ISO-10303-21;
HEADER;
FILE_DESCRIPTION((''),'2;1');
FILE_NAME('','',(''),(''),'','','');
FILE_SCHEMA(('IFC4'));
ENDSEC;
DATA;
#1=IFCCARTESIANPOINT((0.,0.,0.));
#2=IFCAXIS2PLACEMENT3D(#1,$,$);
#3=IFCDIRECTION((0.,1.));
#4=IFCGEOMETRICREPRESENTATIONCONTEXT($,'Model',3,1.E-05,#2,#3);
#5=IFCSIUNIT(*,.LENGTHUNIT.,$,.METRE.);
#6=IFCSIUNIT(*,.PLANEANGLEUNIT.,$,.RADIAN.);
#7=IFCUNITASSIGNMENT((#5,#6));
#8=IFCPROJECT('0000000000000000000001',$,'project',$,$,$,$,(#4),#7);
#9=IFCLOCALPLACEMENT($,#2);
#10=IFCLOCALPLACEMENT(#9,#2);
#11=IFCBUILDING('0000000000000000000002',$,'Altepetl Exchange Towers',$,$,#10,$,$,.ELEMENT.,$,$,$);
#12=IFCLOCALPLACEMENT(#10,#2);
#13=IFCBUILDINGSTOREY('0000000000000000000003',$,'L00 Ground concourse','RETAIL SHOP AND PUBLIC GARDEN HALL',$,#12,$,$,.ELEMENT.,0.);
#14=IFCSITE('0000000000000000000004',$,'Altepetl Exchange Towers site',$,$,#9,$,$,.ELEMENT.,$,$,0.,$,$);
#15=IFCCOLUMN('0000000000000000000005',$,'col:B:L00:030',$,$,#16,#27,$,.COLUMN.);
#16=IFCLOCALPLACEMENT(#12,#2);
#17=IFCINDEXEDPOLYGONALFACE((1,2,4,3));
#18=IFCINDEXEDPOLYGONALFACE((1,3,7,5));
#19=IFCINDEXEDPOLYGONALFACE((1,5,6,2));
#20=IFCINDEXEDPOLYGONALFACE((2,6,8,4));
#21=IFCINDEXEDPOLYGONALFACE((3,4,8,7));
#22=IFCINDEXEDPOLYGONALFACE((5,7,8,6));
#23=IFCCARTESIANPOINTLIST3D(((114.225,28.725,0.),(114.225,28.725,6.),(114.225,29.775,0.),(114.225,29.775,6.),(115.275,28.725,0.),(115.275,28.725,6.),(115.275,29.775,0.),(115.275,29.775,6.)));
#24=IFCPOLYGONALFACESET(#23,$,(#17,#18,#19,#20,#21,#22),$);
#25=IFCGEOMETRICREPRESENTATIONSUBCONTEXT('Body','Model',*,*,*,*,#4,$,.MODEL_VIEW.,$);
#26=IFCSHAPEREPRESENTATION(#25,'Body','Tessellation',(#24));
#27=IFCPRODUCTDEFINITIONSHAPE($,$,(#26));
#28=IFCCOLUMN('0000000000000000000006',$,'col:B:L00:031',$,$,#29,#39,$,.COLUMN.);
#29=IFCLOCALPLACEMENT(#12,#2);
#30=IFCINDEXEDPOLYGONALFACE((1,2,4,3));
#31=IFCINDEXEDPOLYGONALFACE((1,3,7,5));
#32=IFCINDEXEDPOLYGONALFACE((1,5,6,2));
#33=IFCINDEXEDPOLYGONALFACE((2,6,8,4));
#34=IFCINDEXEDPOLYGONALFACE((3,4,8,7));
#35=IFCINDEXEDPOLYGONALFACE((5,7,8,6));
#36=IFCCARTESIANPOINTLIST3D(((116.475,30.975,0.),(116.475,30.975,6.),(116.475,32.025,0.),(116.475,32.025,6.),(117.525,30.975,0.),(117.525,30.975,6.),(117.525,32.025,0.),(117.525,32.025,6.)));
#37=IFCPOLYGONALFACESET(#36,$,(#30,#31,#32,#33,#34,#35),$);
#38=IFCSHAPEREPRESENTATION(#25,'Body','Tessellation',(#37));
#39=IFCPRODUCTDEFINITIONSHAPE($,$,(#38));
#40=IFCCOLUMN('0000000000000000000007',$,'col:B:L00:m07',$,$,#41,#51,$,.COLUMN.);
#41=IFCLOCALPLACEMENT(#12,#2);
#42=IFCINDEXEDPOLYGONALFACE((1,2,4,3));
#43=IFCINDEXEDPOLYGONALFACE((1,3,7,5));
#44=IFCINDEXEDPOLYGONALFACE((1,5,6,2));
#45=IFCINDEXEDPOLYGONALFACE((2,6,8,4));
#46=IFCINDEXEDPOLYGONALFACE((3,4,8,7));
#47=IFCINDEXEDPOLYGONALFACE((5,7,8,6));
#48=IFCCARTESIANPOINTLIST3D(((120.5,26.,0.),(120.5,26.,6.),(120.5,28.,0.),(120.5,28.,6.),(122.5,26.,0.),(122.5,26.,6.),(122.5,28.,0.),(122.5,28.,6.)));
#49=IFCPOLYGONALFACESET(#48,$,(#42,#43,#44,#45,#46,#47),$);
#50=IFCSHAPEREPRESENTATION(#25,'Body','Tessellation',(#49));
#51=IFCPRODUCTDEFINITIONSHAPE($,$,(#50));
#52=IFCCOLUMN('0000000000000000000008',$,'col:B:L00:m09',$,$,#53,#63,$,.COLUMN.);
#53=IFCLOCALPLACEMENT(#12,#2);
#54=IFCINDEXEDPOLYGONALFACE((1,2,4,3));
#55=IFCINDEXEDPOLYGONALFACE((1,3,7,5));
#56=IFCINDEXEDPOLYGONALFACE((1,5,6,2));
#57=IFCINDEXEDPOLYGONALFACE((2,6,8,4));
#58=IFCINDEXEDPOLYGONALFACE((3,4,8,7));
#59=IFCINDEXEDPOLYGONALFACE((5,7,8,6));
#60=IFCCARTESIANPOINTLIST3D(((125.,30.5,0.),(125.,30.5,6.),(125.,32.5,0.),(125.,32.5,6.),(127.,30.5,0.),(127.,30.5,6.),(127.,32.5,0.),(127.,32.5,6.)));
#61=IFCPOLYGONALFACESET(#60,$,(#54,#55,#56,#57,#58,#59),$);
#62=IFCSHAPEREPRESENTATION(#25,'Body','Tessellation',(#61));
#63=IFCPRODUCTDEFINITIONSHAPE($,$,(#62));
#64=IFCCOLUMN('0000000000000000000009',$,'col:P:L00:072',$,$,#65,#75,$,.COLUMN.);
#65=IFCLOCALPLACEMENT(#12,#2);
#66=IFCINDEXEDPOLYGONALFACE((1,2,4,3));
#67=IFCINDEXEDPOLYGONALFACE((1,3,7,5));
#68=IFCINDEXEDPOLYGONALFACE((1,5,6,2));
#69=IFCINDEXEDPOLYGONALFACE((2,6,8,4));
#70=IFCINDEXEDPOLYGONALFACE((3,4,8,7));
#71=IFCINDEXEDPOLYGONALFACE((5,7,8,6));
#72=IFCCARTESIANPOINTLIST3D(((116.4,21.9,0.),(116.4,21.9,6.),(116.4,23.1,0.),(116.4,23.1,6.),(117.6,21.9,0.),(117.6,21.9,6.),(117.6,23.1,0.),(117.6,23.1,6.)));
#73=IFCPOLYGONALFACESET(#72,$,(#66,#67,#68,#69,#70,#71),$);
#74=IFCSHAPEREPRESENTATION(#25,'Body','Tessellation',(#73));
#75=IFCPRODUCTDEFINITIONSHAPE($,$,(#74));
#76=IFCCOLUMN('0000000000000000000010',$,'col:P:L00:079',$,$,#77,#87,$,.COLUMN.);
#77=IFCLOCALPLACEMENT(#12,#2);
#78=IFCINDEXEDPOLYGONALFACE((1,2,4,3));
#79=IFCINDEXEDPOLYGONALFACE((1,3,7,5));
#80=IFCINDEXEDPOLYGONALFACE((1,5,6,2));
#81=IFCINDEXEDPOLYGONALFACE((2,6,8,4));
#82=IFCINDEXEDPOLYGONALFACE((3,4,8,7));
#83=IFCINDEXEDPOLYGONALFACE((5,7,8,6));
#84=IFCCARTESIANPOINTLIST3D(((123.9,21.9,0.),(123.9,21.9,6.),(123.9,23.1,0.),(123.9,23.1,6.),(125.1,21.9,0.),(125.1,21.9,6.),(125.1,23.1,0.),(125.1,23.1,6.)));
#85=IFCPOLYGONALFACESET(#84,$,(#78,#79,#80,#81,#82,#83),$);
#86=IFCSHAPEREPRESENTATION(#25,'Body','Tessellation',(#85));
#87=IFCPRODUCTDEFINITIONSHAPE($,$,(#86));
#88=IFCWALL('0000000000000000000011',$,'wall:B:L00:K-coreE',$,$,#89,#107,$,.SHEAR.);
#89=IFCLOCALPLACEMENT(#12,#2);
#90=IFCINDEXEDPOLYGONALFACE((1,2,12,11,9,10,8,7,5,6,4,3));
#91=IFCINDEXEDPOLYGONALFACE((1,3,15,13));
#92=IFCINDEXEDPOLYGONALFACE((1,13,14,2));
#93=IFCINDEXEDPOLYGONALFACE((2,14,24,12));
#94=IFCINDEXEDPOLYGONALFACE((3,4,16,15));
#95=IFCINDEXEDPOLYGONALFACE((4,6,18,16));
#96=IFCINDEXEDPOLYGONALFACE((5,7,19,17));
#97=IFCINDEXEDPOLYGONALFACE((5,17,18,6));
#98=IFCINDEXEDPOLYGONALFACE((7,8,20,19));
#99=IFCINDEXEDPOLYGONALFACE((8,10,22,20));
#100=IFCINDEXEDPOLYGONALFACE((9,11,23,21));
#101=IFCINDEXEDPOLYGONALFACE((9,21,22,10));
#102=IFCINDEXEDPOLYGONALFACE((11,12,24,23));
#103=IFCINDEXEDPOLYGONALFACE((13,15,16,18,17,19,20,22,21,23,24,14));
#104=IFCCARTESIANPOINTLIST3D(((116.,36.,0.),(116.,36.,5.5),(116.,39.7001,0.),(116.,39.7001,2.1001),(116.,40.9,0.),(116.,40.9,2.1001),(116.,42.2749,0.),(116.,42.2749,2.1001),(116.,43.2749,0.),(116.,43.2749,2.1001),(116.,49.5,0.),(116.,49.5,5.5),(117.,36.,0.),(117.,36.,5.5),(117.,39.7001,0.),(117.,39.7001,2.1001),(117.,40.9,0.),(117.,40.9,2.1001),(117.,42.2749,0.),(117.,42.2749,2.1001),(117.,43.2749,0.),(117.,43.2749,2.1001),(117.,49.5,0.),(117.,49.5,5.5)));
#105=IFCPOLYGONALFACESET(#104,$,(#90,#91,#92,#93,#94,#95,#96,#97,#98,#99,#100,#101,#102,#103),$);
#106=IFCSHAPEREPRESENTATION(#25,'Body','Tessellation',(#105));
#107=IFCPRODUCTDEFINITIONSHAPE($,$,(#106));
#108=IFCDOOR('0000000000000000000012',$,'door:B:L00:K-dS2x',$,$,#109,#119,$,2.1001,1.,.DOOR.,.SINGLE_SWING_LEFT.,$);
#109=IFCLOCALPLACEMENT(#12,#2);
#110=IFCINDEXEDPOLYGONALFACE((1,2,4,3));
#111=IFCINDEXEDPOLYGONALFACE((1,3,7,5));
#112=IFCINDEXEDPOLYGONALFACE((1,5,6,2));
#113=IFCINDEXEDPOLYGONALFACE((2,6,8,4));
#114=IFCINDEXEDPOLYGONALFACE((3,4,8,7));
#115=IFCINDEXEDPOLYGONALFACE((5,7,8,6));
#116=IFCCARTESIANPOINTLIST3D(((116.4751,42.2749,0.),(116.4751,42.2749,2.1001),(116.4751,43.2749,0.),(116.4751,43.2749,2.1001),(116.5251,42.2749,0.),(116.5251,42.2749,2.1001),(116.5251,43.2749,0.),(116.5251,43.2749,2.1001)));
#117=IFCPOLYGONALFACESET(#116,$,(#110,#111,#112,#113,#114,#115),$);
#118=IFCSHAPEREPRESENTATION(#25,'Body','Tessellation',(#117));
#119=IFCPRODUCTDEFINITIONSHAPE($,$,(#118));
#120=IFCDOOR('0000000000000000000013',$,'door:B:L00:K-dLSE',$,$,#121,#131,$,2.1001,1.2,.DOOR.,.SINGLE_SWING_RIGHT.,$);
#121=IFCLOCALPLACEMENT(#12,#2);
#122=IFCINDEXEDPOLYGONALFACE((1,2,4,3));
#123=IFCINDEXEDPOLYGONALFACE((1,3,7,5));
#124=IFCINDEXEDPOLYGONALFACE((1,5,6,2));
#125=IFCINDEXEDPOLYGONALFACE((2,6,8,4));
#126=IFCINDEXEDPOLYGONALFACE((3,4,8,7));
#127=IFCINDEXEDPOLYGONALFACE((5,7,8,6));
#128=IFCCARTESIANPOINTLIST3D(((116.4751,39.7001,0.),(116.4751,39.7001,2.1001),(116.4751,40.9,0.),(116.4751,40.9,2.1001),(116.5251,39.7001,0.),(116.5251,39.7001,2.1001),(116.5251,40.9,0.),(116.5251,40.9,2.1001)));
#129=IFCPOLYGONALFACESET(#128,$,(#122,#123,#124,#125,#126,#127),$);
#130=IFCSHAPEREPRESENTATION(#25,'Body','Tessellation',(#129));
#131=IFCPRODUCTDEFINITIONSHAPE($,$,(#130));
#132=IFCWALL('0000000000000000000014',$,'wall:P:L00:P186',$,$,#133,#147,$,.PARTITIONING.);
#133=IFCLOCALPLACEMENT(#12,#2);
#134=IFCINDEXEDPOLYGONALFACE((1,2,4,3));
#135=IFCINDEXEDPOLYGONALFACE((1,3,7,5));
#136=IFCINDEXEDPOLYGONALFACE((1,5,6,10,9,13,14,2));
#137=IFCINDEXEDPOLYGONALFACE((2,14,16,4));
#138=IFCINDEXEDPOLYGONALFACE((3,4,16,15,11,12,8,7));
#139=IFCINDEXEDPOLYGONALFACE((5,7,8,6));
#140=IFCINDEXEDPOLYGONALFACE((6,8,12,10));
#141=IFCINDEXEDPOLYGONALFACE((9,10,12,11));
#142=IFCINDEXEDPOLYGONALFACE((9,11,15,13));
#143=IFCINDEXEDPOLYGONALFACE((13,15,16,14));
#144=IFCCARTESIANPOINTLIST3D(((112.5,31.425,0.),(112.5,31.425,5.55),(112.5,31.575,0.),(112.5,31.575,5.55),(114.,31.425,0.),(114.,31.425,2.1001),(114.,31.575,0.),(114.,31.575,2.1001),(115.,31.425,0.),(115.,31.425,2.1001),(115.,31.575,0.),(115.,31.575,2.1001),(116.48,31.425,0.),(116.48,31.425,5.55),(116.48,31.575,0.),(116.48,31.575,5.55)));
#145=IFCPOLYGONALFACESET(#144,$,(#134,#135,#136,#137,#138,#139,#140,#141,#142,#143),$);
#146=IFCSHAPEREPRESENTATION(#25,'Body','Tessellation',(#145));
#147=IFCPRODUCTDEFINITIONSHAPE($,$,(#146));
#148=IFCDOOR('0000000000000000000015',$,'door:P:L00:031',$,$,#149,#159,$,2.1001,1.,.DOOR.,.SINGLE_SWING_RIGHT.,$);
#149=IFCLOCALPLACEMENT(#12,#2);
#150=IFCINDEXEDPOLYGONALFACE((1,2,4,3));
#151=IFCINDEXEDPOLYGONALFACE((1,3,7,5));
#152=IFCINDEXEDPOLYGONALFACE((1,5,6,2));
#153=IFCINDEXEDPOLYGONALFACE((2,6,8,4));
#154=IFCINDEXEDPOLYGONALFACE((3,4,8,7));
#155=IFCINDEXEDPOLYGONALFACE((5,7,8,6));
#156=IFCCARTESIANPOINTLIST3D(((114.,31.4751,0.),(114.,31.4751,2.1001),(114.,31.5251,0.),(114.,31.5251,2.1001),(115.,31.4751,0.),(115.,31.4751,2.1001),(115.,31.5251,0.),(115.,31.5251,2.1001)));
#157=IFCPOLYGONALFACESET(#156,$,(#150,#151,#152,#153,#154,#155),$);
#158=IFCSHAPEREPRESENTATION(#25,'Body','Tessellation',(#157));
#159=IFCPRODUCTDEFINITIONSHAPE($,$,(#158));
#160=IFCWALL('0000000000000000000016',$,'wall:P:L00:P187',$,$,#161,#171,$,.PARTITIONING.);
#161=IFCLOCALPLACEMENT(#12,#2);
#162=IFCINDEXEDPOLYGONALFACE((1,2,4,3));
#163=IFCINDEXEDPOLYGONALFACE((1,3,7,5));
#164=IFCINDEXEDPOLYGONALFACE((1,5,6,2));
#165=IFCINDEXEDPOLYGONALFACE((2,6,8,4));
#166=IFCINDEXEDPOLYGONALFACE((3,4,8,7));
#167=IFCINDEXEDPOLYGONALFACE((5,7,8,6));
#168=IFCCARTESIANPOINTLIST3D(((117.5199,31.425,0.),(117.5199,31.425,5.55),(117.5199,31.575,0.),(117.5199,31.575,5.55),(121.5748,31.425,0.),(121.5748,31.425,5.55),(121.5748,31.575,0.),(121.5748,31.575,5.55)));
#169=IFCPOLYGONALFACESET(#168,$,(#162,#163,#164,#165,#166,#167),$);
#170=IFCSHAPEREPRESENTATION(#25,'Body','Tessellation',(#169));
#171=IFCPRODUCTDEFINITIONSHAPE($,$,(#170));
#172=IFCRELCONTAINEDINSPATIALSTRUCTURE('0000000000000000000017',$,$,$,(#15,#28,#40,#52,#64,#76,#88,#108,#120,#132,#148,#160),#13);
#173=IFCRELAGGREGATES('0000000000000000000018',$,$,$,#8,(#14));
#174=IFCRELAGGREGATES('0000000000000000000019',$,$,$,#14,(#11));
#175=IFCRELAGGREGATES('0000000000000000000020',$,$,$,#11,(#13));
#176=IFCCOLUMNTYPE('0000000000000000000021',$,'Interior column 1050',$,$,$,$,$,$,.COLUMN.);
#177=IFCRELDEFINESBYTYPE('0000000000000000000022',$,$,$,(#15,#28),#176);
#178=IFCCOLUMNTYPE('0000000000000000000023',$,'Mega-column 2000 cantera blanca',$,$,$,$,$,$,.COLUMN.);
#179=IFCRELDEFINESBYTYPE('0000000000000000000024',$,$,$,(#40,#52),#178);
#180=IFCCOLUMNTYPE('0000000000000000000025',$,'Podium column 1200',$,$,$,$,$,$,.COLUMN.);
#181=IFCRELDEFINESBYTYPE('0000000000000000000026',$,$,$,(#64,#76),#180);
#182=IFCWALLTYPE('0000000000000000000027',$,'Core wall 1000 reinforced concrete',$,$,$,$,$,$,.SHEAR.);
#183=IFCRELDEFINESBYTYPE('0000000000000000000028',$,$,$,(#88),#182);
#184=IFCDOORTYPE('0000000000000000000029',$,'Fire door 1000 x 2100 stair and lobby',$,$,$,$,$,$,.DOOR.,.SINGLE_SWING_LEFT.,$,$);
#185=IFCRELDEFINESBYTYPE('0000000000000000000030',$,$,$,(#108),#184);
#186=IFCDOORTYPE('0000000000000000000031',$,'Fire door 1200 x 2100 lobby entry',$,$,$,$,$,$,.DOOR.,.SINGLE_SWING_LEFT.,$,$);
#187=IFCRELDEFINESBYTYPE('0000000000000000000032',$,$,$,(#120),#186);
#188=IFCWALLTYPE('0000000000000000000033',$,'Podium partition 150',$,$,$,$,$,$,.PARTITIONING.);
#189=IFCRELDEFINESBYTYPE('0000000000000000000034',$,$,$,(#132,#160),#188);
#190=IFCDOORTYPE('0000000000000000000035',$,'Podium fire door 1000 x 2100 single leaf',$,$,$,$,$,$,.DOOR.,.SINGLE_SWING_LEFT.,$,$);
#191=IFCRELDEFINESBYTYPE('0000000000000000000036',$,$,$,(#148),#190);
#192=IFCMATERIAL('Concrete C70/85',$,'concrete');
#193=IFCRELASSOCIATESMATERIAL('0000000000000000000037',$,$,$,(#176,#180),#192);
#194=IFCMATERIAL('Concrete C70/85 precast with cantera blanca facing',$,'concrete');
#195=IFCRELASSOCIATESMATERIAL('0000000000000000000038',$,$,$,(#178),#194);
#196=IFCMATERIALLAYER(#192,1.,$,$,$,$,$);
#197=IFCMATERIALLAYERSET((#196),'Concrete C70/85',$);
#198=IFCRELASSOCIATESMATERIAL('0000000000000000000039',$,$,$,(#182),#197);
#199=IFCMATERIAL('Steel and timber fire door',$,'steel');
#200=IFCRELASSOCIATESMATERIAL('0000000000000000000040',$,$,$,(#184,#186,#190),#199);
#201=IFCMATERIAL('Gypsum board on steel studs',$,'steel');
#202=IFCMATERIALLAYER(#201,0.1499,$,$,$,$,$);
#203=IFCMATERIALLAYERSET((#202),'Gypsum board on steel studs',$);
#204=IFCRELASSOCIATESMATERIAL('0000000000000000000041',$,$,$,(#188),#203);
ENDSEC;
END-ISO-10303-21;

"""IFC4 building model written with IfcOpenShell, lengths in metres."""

from ifc_helpers import new_model, si_unit, direction, frame, frame_2d, origin, origin_2d, place, context, subcontext, project, spatial, rectangle, extrude, material, layer, layer_set, material_profile, profile_set, type_object, element, fill, save


model = new_model("IFC4")

# Units and contexts
model_context = context("Model", 3, precision=1e-05, world=origin(), true_north=direction((0.0, 1.0)))
body_context = subcontext(model_context, "Body", "Model", "MODEL_VIEW")
ifc_project = project(units=[si_unit("LENGTHUNIT", "METRE"), si_unit("PLANEANGLEUNIT", "RADIAN")], contexts=[model_context])

# Site, building, storey
site_placement = place(None, origin())
site = spatial("IfcSite", under=ifc_project, at=site_placement, Name="Altepetl Exchange Towers site", CompositionType="ELEMENT", RefElevation=0.0)
building_placement = place(site_placement, origin())
building = spatial("IfcBuilding", under=site, at=building_placement, Name="Altepetl Exchange Towers", CompositionType="ELEMENT")
storey_placement = place(building_placement, origin())
storey = spatial("IfcBuildingStorey", under=building, at=storey_placement, Name="L00 Ground concourse", Description="RETAIL SHOP AND PUBLIC GARDEN HALL", CompositionType="ELEMENT", Elevation=0.0)

# Columns
ifc_material_1 = material(Name="Concrete C70/85", Category="concrete")
ifc_material_profile_1 = material_profile(ifc_material_1, rectangle(XDim=1.05, YDim=1.05, at=origin_2d()), Name="1050 x 1050")
ifc_profile_set_1 = profile_set([ifc_material_profile_1], Name="Concrete C70/85")
column_type_1 = type_object("IfcColumnType", Name="Interior column 1050", PredefinedType="COLUMN", material=ifc_profile_set_1)
for number, where, name in (
    (1, (114.75, 29.25, 0.0), "col:B:L00:030"),
    (2, (117.0, 31.5, 0.0), "col:B:L00:031"),
):
    element("IfcColumn", number, at=place(storey_placement, frame(where)), inside=storey, type_object=column_type_1, Name=name, PredefinedType="COLUMN", context=body_context, shape_type="SweptSolid", body=[
        extrude(rectangle(XDim=1.05, YDim=1.05, at=origin_2d()), origin(), (0.0, 0.0, 1.0), 6.0),
    ])
ifc_material_2 = material(Name="Concrete C70/85 precast with cantera blanca facing", Category="concrete")
ifc_material_profile_2 = material_profile(ifc_material_2, rectangle(XDim=2.0, YDim=2.0, at=origin_2d()), Name="2000 x 2000")
ifc_profile_set_2 = profile_set([ifc_material_profile_2], Name="Concrete C70/85 precast with cantera blanca facing")
column_type_2 = type_object("IfcColumnType", Name="Mega-column 2000 cantera blanca", PredefinedType="COLUMN", material=ifc_profile_set_2)
for number, where, name in (
    (3, (121.5, 27.0, 0.0), "col:B:L00:m07"),
    (4, (126.0, 31.5, 0.0), "col:B:L00:m09"),
):
    element("IfcColumn", number, at=place(storey_placement, frame(where)), inside=storey, type_object=column_type_2, Name=name, PredefinedType="COLUMN", context=body_context, shape_type="SweptSolid", body=[
        extrude(rectangle(XDim=2.0, YDim=2.0, at=origin_2d()), origin(), (0.0, 0.0, 1.0), 6.0),
    ])
ifc_material_profile_3 = material_profile(ifc_material_1, rectangle(XDim=1.2, YDim=1.2, at=origin_2d()), Name="1200 x 1200")
ifc_profile_set_3 = profile_set([ifc_material_profile_3], Name="Concrete C70/85")
column_type_3 = type_object("IfcColumnType", Name="Podium column 1200", PredefinedType="COLUMN", material=ifc_profile_set_3)
for number, where, name in (
    (5, (117.0, 22.5, 0.0), "col:P:L00:072"),
    (6, (124.5, 22.5, 0.0), "col:P:L00:079"),
):
    element("IfcColumn", number, at=place(storey_placement, frame(where)), inside=storey, type_object=column_type_3, Name=name, PredefinedType="COLUMN", context=body_context, shape_type="SweptSolid", body=[
        extrude(rectangle(XDim=1.2, YDim=1.2, at=origin_2d()), origin(), (0.0, 0.0, 1.0), 6.0),
    ])

# Wall, openings, doors
ifc_layer_1 = layer(ifc_material_1, 1.0)
ifc_layer_set_1 = layer_set([ifc_layer_1], Name="Concrete C70/85")
wall_type_1 = type_object("IfcWallType", Name="Core wall 1000 reinforced concrete", PredefinedType="SHEAR", material=ifc_layer_set_1)
wall_1_placement = place(storey_placement, frame((116.5, 36.0, 0.0), z_axis=(0.0, 0.0, 1.0), x_axis=(0.0, 1.0, 0.0)))
wall_1 = element("IfcWall", 7, at=wall_1_placement, inside=storey, type_object=wall_type_1, Name="wall:B:L00:K-coreE", PredefinedType="SHEAR", context=body_context, shape_type="SweptSolid", body=[
    extrude(rectangle(XDim=13.5, YDim=1.0, at=frame_2d((6.75, 0.0))), origin(), (0.0, 0.0, 1.0), 5.5),
])
opening_1_placement = place(wall_1_placement, frame((3.7, 0.0, 0.0)))
opening_1 = element("IfcOpeningElement", 8, at=opening_1_placement, cuts=wall_1, PredefinedType="OPENING", context=body_context, shape_type="SweptSolid", body=[
    extrude(rectangle(XDim=1.2, YDim=2.1001, at=frame_2d((0.6001, 1.05))), frame((0.0, 0.51, 0.0), z_axis=(0.0, -1.0, 0.0), x_axis=(1.0, 0.0, 0.0)), (0.0, 0.0, 1.0), 1.02),
])
opening_2_placement = place(wall_1_placement, frame((6.2749, 0.0, 0.0)))
opening_2 = element("IfcOpeningElement", 9, at=opening_2_placement, cuts=wall_1, PredefinedType="OPENING", context=body_context, shape_type="SweptSolid", body=[
    extrude(rectangle(XDim=1.0, YDim=2.1001, at=frame_2d((0.5, 1.05))), frame((0.0, 0.51, 0.0), z_axis=(0.0, -1.0, 0.0), x_axis=(1.0, 0.0, 0.0)), (0.0, 0.0, 1.0), 1.02),
])
ifc_material_3 = material(Name="Steel and timber fire door", Category="steel")
door_type_1 = type_object("IfcDoorType", Name="Fire door 1000 x 2100 stair and lobby", OperationType="SINGLE_SWING_LEFT", PredefinedType="DOOR", material=ifc_material_3)
door_1_placement = place(opening_2_placement, origin())
door_1 = element("IfcDoor", 10, at=door_1_placement, inside=storey, type_object=door_type_1, Name="door:B:L00:K-dS2x", OperationType="SINGLE_SWING_LEFT", OverallHeight=2.1001, OverallWidth=1.0, PredefinedType="DOOR", context=body_context, shape_type="SweptSolid", body=[
    extrude(rectangle(XDim=1.0, YDim=2.1001, at=frame_2d((0.5, 1.05))), frame((0.0, 0.0249, 0.0), z_axis=(0.0, -1.0, 0.0), x_axis=(1.0, 0.0, 0.0)), (0.0, 0.0, 1.0), 0.05),
])
fill(opening_2, door_1)
door_type_2 = type_object("IfcDoorType", Name="Fire door 1200 x 2100 lobby entry", OperationType="SINGLE_SWING_LEFT", PredefinedType="DOOR", material=ifc_material_3)
door_2_placement = place(opening_1_placement, origin())
door_2 = element("IfcDoor", 11, at=door_2_placement, inside=storey, type_object=door_type_2, Name="door:B:L00:K-dLSE", OperationType="SINGLE_SWING_RIGHT", OverallHeight=2.1001, OverallWidth=1.2, PredefinedType="DOOR", context=body_context, shape_type="SweptSolid", body=[
    extrude(rectangle(XDim=1.2, YDim=2.1001, at=frame_2d((0.6001, 1.05))), frame((0.0, 0.0249, 0.0), z_axis=(0.0, -1.0, 0.0), x_axis=(1.0, 0.0, 0.0)), (0.0, 0.0, 1.0), 0.05),
])
fill(opening_1, door_2)

# Wall, opening, door
ifc_material_4 = material(Name="Gypsum board on steel studs", Category="steel")
ifc_layer_2 = layer(ifc_material_4, 0.1499)
ifc_layer_set_2 = layer_set([ifc_layer_2], Name="Gypsum board on steel studs")
wall_type_2 = type_object("IfcWallType", Name="Podium partition 150", PredefinedType="PARTITIONING", material=ifc_layer_set_2)
wall_2_placement = place(storey_placement, frame((112.5, 31.5, 0.0)))
wall_2 = element("IfcWall", 12, at=wall_2_placement, inside=storey, type_object=wall_type_2, Name="wall:P:L00:P186", PredefinedType="PARTITIONING", context=body_context, shape_type="SweptSolid", body=[
    extrude(rectangle(XDim=3.98, YDim=0.1499, at=frame_2d((1.99, 0.0))), origin(), (0.0, 0.0, 1.0), 5.55),
])
opening_3_placement = place(wall_2_placement, frame((1.5, 0.0, 0.0)))
opening_3 = element("IfcOpeningElement", 13, at=opening_3_placement, cuts=wall_2, PredefinedType="OPENING", context=body_context, shape_type="SweptSolid", body=[
    extrude(rectangle(XDim=1.0, YDim=2.1001, at=frame_2d((0.5, 1.05))), frame((0.0, 0.085, 0.0), z_axis=(0.0, -1.0, 0.0), x_axis=(1.0, 0.0, 0.0)), (0.0, 0.0, 1.0), 0.1699),
])
door_type_3 = type_object("IfcDoorType", Name="Podium fire door 1000 x 2100 single leaf", OperationType="SINGLE_SWING_LEFT", PredefinedType="DOOR", material=ifc_material_3)
door_3_placement = place(opening_3_placement, frame((1.0, 0.0, 0.0), x_axis=(-1.0, 0.0, 0.0)))
door_3 = element("IfcDoor", 14, at=door_3_placement, inside=storey, type_object=door_type_3, Name="door:P:L00:031", OperationType="SINGLE_SWING_RIGHT", OverallHeight=2.1001, OverallWidth=1.0, PredefinedType="DOOR", context=body_context, shape_type="SweptSolid", body=[
    extrude(rectangle(XDim=1.0, YDim=2.1001, at=frame_2d((0.5, 1.05))), frame((0.0, 0.0249, 0.0), z_axis=(0.0, -1.0, 0.0), x_axis=(1.0, 0.0, 0.0)), (0.0, 0.0, 1.0), 0.05),
])
fill(opening_3, door_3)

# Wall
wall_3_placement = place(storey_placement, frame((117.52, 31.5, 0.0)))
element("IfcWall", 15, at=wall_3_placement, inside=storey, type_object=wall_type_2, Name="wall:P:L00:P187", PredefinedType="PARTITIONING", context=body_context, shape_type="SweptSolid", body=[
    extrude(rectangle(XDim=4.0549, YDim=0.1499, at=frame_2d((2.0273, 0.0))), origin(), (0.0, 0.0, 1.0), 5.55),
])

save(model, "model.ifc")
